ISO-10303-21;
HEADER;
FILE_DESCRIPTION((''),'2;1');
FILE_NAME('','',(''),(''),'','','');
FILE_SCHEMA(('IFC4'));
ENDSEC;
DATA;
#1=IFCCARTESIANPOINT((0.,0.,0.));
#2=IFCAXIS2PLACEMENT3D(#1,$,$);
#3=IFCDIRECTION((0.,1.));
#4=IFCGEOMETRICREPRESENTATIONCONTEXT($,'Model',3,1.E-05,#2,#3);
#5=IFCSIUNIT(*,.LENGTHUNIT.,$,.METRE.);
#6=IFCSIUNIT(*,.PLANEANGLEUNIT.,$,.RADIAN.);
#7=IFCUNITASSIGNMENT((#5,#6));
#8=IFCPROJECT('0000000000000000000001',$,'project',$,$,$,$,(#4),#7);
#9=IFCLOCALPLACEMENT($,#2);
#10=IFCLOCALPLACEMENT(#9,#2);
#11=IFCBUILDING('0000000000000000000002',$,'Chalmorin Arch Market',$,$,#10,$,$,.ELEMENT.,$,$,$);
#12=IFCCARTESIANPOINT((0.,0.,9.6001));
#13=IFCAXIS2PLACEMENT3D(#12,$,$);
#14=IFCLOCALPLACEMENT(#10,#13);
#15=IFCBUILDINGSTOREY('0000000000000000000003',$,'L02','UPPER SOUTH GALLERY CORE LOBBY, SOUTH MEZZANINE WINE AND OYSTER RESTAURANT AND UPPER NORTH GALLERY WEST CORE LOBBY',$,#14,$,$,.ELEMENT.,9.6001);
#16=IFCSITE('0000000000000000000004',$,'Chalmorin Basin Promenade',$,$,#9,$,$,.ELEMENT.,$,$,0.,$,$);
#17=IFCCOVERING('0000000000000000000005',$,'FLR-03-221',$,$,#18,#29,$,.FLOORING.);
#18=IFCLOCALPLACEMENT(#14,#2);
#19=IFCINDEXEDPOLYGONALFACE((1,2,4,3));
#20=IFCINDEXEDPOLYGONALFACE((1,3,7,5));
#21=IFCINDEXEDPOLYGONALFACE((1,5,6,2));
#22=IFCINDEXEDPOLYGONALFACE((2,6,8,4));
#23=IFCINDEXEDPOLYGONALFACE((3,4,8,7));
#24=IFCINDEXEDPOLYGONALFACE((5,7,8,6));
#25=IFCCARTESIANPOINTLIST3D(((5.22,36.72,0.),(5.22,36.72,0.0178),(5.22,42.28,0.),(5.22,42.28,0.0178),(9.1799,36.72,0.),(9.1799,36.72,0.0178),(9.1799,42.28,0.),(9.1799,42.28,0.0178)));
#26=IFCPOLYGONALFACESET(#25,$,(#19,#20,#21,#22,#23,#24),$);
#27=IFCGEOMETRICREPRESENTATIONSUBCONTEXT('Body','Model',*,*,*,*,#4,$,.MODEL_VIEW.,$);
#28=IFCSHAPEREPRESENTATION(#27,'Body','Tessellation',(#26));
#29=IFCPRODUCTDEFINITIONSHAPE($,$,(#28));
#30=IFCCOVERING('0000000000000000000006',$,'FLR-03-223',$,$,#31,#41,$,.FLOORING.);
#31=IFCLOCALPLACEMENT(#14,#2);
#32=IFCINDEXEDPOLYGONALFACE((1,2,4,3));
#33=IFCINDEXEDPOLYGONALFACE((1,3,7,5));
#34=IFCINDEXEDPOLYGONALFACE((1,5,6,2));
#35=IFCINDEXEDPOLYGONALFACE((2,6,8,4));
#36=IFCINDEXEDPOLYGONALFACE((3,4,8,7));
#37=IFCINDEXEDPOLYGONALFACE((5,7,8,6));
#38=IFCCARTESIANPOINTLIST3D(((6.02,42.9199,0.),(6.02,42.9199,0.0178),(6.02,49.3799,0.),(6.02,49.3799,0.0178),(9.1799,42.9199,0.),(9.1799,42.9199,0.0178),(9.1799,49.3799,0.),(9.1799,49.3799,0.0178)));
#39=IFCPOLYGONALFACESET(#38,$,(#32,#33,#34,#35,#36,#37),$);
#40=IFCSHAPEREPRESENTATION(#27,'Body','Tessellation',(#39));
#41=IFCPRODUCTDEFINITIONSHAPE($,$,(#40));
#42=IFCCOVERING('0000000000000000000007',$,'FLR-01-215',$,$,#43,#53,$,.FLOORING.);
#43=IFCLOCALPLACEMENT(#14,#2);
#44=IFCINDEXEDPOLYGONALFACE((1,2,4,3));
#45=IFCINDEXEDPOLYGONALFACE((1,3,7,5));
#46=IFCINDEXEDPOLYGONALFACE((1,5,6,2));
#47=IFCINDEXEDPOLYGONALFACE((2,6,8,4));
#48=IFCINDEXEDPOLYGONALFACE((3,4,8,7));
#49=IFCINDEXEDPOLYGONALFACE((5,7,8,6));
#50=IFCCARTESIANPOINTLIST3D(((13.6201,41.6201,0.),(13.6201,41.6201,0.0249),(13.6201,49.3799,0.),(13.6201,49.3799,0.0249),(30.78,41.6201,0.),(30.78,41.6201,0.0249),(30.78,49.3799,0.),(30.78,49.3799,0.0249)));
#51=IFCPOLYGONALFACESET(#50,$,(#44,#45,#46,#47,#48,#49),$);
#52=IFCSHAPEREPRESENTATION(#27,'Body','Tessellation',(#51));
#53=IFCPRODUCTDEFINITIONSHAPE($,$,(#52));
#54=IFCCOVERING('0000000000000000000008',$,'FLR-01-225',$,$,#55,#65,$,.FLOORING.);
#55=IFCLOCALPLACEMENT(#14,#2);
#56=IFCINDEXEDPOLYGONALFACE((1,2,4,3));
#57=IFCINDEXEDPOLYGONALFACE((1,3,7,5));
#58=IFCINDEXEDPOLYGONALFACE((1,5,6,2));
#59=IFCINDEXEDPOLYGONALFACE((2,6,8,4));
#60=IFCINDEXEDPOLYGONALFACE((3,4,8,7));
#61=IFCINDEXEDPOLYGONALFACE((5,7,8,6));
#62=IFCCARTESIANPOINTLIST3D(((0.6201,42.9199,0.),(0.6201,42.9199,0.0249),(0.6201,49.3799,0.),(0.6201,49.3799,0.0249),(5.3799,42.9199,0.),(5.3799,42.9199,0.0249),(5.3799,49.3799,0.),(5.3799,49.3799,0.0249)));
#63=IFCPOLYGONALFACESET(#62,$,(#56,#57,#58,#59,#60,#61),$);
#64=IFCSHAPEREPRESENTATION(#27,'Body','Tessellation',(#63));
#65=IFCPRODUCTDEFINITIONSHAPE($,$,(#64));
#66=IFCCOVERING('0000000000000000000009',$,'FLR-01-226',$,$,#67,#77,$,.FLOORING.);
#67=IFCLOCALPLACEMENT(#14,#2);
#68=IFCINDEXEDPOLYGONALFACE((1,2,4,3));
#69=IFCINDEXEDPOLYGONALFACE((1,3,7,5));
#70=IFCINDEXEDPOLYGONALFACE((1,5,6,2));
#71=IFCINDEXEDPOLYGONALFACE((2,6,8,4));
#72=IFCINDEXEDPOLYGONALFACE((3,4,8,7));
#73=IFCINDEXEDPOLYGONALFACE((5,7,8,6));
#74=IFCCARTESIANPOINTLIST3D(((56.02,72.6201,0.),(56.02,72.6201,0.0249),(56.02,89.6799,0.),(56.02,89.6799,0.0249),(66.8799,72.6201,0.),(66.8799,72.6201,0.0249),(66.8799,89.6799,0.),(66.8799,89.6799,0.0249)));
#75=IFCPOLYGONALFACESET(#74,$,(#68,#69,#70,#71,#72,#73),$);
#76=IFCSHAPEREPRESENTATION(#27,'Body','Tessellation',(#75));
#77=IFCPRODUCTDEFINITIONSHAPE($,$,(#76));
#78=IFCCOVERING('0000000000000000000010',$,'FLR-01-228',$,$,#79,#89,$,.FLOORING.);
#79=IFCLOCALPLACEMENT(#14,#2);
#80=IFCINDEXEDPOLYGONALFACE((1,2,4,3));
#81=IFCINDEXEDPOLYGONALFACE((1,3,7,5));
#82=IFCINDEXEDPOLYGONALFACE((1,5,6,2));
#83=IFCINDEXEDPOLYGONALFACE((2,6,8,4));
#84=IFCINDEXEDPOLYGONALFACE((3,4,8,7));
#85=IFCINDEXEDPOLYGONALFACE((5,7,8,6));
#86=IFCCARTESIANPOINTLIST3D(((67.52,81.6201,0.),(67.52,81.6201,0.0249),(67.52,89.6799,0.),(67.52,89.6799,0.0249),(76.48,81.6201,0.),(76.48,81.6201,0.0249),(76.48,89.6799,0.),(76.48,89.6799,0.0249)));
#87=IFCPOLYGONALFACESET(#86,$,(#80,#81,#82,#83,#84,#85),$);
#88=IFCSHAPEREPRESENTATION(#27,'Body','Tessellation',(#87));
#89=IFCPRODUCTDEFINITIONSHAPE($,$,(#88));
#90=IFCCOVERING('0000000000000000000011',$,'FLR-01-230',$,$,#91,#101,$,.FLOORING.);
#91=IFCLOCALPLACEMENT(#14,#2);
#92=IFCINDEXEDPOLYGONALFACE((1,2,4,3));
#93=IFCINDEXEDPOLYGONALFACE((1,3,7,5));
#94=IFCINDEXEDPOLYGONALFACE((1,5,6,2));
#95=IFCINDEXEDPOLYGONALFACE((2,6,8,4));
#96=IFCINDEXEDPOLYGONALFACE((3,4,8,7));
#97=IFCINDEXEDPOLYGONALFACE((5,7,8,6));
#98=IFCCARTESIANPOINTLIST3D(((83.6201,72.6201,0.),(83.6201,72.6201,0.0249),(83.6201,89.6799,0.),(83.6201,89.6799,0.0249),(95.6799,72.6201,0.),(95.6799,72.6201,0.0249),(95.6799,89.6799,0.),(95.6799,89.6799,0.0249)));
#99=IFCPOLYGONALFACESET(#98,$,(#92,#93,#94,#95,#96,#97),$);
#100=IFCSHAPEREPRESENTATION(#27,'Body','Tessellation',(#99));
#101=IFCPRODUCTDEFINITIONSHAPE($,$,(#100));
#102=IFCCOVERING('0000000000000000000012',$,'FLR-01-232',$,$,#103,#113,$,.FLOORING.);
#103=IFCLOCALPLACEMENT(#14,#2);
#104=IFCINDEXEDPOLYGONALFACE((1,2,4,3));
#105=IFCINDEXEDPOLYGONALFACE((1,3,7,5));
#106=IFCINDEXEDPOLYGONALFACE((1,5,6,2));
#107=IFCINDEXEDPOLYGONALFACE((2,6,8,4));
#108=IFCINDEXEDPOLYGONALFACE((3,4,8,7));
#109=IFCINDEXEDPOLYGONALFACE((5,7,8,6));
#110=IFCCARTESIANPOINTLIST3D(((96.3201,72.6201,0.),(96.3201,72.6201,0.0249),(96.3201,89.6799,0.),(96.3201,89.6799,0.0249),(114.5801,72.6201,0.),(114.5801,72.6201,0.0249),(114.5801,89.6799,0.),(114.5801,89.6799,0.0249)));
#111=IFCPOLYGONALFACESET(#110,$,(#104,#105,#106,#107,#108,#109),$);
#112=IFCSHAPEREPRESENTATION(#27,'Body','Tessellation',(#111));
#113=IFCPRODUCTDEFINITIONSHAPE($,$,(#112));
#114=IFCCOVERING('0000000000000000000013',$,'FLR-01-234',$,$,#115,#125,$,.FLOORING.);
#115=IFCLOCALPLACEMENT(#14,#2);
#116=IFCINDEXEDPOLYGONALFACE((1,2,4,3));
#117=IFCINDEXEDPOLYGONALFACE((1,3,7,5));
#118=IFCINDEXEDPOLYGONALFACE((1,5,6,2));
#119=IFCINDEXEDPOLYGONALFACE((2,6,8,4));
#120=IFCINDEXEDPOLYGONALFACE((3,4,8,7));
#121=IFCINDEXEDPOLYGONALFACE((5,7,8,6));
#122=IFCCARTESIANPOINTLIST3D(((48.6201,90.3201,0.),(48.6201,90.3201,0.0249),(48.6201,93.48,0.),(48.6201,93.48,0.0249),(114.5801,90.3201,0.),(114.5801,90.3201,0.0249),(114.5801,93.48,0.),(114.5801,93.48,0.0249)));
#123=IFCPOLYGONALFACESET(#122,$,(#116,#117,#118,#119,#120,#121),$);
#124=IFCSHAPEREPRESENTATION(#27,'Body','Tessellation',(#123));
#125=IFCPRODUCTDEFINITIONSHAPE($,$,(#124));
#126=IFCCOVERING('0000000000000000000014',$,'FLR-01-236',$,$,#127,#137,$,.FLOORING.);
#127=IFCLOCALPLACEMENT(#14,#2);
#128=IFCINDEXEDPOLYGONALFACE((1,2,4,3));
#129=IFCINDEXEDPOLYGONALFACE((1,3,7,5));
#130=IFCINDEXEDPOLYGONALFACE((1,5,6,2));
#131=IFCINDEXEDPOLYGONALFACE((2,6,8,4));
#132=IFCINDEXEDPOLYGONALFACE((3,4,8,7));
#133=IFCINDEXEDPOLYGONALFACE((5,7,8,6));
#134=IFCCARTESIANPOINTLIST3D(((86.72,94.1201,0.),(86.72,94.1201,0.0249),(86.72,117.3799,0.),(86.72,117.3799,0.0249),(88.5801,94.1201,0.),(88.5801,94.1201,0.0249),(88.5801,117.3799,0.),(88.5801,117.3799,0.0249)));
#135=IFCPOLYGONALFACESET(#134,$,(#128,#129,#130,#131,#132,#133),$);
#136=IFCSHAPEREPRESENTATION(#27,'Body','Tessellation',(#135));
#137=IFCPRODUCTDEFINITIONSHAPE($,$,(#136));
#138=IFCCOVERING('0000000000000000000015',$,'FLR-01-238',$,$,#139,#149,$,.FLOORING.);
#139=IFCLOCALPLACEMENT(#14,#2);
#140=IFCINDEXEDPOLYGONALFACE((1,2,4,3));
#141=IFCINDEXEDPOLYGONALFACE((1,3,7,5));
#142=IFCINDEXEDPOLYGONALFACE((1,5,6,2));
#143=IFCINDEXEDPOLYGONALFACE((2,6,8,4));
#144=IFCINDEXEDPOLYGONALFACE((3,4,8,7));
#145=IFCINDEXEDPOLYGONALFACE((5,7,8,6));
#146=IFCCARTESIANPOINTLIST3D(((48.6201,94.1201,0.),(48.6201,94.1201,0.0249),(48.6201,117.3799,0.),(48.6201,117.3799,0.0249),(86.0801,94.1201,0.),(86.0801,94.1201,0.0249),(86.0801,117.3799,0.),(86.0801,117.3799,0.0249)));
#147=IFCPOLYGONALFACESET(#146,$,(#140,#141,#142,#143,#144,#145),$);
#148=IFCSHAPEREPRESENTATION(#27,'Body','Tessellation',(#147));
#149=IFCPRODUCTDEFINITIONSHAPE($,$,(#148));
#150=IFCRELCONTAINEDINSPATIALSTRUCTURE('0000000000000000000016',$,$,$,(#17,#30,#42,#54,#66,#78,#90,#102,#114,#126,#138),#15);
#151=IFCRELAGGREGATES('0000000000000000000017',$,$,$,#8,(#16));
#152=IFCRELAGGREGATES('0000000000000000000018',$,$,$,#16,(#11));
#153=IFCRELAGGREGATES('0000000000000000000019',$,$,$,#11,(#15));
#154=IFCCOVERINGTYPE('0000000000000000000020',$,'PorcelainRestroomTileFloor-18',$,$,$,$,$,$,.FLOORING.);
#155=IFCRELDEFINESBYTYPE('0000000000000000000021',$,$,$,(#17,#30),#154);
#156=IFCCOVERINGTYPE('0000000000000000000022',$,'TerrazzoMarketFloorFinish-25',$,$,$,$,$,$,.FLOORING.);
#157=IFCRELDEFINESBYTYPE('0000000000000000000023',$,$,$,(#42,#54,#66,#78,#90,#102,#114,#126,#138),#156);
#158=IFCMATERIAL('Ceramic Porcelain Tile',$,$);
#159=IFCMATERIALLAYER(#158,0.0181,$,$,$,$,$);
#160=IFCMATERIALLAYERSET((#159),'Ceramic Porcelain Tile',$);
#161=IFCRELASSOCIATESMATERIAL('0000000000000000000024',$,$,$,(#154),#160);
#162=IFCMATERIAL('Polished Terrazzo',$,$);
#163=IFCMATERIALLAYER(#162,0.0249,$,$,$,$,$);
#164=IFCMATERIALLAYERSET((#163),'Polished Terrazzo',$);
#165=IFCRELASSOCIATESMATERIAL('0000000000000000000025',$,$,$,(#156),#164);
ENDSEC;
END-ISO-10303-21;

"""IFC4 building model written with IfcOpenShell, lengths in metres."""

from ifc_helpers import new_model, si_unit, direction, frame, origin, place, context, subcontext, project, spatial, polyline, outline, extrude, material, layer, layer_set, type_object, element, save


model = new_model("IFC4")

# Units and contexts
model_context = context("Model", 3, precision=1e-05, world=origin(), true_north=direction((0.0, 1.0)))
body_context = subcontext(model_context, "Body", "Model", "MODEL_VIEW")
ifc_project = project(units=[si_unit("LENGTHUNIT", "METRE"), si_unit("PLANEANGLEUNIT", "RADIAN")], contexts=[model_context])

# Site, building, storey
site_placement = place(None, origin())
site = spatial("IfcSite", under=ifc_project, at=site_placement, Name="Chalmorin Basin Promenade", CompositionType="ELEMENT", RefElevation=0.0)
building_placement = place(site_placement, origin())
building = spatial("IfcBuilding", under=site, at=building_placement, Name="Chalmorin Arch Market", CompositionType="ELEMENT")
storey_placement = place(building_placement, frame((0.0, 0.0, 9.6001)))
storey = spatial("IfcBuildingStorey", under=building, at=storey_placement, Name="L02", Description="UPPER SOUTH GALLERY CORE LOBBY, SOUTH MEZZANINE WINE AND OYSTER RESTAURANT AND UPPER NORTH GALLERY WEST CORE LOBBY", CompositionType="ELEMENT", Elevation=9.6001)

# Coverings
ifc_material_1 = material(Name="Ceramic Porcelain Tile")
ifc_layer_1 = layer(ifc_material_1, 0.0181)
ifc_layer_set_1 = layer_set([ifc_layer_1], Name="Ceramic Porcelain Tile")
covering_type_1 = type_object("IfcCoveringType", Name="PorcelainRestroomTileFloor-18", PredefinedType="FLOORING", material=ifc_layer_set_1)
covering_1_placement = place(storey_placement, origin())
element("IfcCovering", 1, at=covering_1_placement, inside=storey, type_object=covering_type_1, Name="FLR-03-221", PredefinedType="FLOORING", context=body_context, shape_type="SweptSolid", body=[
    extrude(outline(polyline([(5.22, 36.72), (9.1799, 36.72), (9.1799, 42.28), (5.22, 42.28), (5.22, 36.72)])), origin(), (0.0, 0.0, 1.0), 0.0178),
])
covering_2_placement = place(storey_placement, origin())
element("IfcCovering", 2, at=covering_2_placement, inside=storey, type_object=covering_type_1, Name="FLR-03-223", PredefinedType="FLOORING", context=body_context, shape_type="SweptSolid", body=[
    extrude(outline(polyline([(6.02, 42.9199), (9.1799, 42.9199), (9.1799, 49.3799), (6.02, 49.3799), (6.02, 42.9199)])), origin(), (0.0, 0.0, 1.0), 0.0178),
])
ifc_material_2 = material(Name="Polished Terrazzo")
ifc_layer_2 = layer(ifc_material_2, 0.0249)
ifc_layer_set_2 = layer_set([ifc_layer_2], Name="Polished Terrazzo")
covering_type_2 = type_object("IfcCoveringType", Name="TerrazzoMarketFloorFinish-25", PredefinedType="FLOORING", material=ifc_layer_set_2)
covering_3_placement = place(storey_placement, origin())
element("IfcCovering", 3, at=covering_3_placement, inside=storey, type_object=covering_type_2, Name="FLR-01-215", PredefinedType="FLOORING", context=body_context, shape_type="SweptSolid", body=[
    extrude(outline(polyline([(13.6201, 41.6201), (30.78, 41.6201), (30.78, 49.3799), (13.6201, 49.3799), (13.6201, 41.6201)])), origin(), (0.0, 0.0, 1.0), 0.0249),
])
covering_4_placement = place(storey_placement, origin())
element("IfcCovering", 4, at=covering_4_placement, inside=storey, type_object=covering_type_2, Name="FLR-01-225", PredefinedType="FLOORING", context=body_context, shape_type="SweptSolid", body=[
    extrude(outline(polyline([(0.6201, 42.9199), (5.3799, 42.9199), (5.3799, 49.3799), (0.6201, 49.3799), (0.6201, 42.9199)])), origin(), (0.0, 0.0, 1.0), 0.0249),
])
covering_5_placement = place(storey_placement, origin())
element("IfcCovering", 5, at=covering_5_placement, inside=storey, type_object=covering_type_2, Name="FLR-01-226", PredefinedType="FLOORING", context=body_context, shape_type="SweptSolid", body=[
    extrude(outline(polyline([(56.02, 72.6201), (66.8799, 72.6201), (66.8799, 89.6799), (56.02, 89.6799), (56.02, 72.6201)])), origin(), (0.0, 0.0, 1.0), 0.0249),
])
covering_6_placement = place(storey_placement, origin())
element("IfcCovering", 6, at=covering_6_placement, inside=storey, type_object=covering_type_2, Name="FLR-01-228", PredefinedType="FLOORING", context=body_context, shape_type="SweptSolid", body=[
    extrude(outline(polyline([(67.52, 81.6201), (76.48, 81.6201), (76.48, 89.6799), (67.52, 89.6799), (67.52, 81.6201)])), origin(), (0.0, 0.0, 1.0), 0.0249),
])
covering_7_placement = place(storey_placement, origin())
element("IfcCovering", 7, at=covering_7_placement, inside=storey, type_object=covering_type_2, Name="FLR-01-230", PredefinedType="FLOORING", context=body_context, shape_type="SweptSolid", body=[
    extrude(outline(polyline([(83.6201, 72.6201), (95.6799, 72.6201), (95.6799, 89.6799), (83.6201, 89.6799), (83.6201, 72.6201)])), origin(), (0.0, 0.0, 1.0), 0.0249),
])
covering_8_placement = place(storey_placement, origin())
element("IfcCovering", 8, at=covering_8_placement, inside=storey, type_object=covering_type_2, Name="FLR-01-232", PredefinedType="FLOORING", context=body_context, shape_type="SweptSolid", body=[
    extrude(outline(polyline([(96.3201, 72.6201), (114.5801, 72.6201), (114.5801, 89.6799), (96.3201, 89.6799), (96.3201, 72.6201)])), origin(), (0.0, 0.0, 1.0), 0.0249),
])
covering_9_placement = place(storey_placement, origin())
element("IfcCovering", 9, at=covering_9_placement, inside=storey, type_object=covering_type_2, Name="FLR-01-234", PredefinedType="FLOORING", context=body_context, shape_type="SweptSolid", body=[
    extrude(outline(polyline([(48.6201, 90.3201), (114.5801, 90.3201), (114.5801, 93.48), (48.6201, 93.48), (48.6201, 90.3201)])), origin(), (0.0, 0.0, 1.0), 0.0249),
])
covering_10_placement = place(storey_placement, origin())
element("IfcCovering", 10, at=covering_10_placement, inside=storey, type_object=covering_type_2, Name="FLR-01-236", PredefinedType="FLOORING", context=body_context, shape_type="SweptSolid", body=[
    extrude(outline(polyline([(86.72, 94.1201), (88.5801, 94.1201), (88.5801, 117.3799), (86.72, 117.3799), (86.72, 94.1201)])), origin(), (0.0, 0.0, 1.0), 0.0249),
])
covering_11_placement = place(storey_placement, origin())
element("IfcCovering", 11, at=covering_11_placement, inside=storey, type_object=covering_type_2, Name="FLR-01-238", PredefinedType="FLOORING", context=body_context, shape_type="SweptSolid", body=[
    extrude(outline(polyline([(48.6201, 94.1201), (86.0801, 94.1201), (86.0801, 117.3799), (48.6201, 117.3799), (48.6201, 94.1201)])), origin(), (0.0, 0.0, 1.0), 0.0249),
])

save(model, "model.ifc")
